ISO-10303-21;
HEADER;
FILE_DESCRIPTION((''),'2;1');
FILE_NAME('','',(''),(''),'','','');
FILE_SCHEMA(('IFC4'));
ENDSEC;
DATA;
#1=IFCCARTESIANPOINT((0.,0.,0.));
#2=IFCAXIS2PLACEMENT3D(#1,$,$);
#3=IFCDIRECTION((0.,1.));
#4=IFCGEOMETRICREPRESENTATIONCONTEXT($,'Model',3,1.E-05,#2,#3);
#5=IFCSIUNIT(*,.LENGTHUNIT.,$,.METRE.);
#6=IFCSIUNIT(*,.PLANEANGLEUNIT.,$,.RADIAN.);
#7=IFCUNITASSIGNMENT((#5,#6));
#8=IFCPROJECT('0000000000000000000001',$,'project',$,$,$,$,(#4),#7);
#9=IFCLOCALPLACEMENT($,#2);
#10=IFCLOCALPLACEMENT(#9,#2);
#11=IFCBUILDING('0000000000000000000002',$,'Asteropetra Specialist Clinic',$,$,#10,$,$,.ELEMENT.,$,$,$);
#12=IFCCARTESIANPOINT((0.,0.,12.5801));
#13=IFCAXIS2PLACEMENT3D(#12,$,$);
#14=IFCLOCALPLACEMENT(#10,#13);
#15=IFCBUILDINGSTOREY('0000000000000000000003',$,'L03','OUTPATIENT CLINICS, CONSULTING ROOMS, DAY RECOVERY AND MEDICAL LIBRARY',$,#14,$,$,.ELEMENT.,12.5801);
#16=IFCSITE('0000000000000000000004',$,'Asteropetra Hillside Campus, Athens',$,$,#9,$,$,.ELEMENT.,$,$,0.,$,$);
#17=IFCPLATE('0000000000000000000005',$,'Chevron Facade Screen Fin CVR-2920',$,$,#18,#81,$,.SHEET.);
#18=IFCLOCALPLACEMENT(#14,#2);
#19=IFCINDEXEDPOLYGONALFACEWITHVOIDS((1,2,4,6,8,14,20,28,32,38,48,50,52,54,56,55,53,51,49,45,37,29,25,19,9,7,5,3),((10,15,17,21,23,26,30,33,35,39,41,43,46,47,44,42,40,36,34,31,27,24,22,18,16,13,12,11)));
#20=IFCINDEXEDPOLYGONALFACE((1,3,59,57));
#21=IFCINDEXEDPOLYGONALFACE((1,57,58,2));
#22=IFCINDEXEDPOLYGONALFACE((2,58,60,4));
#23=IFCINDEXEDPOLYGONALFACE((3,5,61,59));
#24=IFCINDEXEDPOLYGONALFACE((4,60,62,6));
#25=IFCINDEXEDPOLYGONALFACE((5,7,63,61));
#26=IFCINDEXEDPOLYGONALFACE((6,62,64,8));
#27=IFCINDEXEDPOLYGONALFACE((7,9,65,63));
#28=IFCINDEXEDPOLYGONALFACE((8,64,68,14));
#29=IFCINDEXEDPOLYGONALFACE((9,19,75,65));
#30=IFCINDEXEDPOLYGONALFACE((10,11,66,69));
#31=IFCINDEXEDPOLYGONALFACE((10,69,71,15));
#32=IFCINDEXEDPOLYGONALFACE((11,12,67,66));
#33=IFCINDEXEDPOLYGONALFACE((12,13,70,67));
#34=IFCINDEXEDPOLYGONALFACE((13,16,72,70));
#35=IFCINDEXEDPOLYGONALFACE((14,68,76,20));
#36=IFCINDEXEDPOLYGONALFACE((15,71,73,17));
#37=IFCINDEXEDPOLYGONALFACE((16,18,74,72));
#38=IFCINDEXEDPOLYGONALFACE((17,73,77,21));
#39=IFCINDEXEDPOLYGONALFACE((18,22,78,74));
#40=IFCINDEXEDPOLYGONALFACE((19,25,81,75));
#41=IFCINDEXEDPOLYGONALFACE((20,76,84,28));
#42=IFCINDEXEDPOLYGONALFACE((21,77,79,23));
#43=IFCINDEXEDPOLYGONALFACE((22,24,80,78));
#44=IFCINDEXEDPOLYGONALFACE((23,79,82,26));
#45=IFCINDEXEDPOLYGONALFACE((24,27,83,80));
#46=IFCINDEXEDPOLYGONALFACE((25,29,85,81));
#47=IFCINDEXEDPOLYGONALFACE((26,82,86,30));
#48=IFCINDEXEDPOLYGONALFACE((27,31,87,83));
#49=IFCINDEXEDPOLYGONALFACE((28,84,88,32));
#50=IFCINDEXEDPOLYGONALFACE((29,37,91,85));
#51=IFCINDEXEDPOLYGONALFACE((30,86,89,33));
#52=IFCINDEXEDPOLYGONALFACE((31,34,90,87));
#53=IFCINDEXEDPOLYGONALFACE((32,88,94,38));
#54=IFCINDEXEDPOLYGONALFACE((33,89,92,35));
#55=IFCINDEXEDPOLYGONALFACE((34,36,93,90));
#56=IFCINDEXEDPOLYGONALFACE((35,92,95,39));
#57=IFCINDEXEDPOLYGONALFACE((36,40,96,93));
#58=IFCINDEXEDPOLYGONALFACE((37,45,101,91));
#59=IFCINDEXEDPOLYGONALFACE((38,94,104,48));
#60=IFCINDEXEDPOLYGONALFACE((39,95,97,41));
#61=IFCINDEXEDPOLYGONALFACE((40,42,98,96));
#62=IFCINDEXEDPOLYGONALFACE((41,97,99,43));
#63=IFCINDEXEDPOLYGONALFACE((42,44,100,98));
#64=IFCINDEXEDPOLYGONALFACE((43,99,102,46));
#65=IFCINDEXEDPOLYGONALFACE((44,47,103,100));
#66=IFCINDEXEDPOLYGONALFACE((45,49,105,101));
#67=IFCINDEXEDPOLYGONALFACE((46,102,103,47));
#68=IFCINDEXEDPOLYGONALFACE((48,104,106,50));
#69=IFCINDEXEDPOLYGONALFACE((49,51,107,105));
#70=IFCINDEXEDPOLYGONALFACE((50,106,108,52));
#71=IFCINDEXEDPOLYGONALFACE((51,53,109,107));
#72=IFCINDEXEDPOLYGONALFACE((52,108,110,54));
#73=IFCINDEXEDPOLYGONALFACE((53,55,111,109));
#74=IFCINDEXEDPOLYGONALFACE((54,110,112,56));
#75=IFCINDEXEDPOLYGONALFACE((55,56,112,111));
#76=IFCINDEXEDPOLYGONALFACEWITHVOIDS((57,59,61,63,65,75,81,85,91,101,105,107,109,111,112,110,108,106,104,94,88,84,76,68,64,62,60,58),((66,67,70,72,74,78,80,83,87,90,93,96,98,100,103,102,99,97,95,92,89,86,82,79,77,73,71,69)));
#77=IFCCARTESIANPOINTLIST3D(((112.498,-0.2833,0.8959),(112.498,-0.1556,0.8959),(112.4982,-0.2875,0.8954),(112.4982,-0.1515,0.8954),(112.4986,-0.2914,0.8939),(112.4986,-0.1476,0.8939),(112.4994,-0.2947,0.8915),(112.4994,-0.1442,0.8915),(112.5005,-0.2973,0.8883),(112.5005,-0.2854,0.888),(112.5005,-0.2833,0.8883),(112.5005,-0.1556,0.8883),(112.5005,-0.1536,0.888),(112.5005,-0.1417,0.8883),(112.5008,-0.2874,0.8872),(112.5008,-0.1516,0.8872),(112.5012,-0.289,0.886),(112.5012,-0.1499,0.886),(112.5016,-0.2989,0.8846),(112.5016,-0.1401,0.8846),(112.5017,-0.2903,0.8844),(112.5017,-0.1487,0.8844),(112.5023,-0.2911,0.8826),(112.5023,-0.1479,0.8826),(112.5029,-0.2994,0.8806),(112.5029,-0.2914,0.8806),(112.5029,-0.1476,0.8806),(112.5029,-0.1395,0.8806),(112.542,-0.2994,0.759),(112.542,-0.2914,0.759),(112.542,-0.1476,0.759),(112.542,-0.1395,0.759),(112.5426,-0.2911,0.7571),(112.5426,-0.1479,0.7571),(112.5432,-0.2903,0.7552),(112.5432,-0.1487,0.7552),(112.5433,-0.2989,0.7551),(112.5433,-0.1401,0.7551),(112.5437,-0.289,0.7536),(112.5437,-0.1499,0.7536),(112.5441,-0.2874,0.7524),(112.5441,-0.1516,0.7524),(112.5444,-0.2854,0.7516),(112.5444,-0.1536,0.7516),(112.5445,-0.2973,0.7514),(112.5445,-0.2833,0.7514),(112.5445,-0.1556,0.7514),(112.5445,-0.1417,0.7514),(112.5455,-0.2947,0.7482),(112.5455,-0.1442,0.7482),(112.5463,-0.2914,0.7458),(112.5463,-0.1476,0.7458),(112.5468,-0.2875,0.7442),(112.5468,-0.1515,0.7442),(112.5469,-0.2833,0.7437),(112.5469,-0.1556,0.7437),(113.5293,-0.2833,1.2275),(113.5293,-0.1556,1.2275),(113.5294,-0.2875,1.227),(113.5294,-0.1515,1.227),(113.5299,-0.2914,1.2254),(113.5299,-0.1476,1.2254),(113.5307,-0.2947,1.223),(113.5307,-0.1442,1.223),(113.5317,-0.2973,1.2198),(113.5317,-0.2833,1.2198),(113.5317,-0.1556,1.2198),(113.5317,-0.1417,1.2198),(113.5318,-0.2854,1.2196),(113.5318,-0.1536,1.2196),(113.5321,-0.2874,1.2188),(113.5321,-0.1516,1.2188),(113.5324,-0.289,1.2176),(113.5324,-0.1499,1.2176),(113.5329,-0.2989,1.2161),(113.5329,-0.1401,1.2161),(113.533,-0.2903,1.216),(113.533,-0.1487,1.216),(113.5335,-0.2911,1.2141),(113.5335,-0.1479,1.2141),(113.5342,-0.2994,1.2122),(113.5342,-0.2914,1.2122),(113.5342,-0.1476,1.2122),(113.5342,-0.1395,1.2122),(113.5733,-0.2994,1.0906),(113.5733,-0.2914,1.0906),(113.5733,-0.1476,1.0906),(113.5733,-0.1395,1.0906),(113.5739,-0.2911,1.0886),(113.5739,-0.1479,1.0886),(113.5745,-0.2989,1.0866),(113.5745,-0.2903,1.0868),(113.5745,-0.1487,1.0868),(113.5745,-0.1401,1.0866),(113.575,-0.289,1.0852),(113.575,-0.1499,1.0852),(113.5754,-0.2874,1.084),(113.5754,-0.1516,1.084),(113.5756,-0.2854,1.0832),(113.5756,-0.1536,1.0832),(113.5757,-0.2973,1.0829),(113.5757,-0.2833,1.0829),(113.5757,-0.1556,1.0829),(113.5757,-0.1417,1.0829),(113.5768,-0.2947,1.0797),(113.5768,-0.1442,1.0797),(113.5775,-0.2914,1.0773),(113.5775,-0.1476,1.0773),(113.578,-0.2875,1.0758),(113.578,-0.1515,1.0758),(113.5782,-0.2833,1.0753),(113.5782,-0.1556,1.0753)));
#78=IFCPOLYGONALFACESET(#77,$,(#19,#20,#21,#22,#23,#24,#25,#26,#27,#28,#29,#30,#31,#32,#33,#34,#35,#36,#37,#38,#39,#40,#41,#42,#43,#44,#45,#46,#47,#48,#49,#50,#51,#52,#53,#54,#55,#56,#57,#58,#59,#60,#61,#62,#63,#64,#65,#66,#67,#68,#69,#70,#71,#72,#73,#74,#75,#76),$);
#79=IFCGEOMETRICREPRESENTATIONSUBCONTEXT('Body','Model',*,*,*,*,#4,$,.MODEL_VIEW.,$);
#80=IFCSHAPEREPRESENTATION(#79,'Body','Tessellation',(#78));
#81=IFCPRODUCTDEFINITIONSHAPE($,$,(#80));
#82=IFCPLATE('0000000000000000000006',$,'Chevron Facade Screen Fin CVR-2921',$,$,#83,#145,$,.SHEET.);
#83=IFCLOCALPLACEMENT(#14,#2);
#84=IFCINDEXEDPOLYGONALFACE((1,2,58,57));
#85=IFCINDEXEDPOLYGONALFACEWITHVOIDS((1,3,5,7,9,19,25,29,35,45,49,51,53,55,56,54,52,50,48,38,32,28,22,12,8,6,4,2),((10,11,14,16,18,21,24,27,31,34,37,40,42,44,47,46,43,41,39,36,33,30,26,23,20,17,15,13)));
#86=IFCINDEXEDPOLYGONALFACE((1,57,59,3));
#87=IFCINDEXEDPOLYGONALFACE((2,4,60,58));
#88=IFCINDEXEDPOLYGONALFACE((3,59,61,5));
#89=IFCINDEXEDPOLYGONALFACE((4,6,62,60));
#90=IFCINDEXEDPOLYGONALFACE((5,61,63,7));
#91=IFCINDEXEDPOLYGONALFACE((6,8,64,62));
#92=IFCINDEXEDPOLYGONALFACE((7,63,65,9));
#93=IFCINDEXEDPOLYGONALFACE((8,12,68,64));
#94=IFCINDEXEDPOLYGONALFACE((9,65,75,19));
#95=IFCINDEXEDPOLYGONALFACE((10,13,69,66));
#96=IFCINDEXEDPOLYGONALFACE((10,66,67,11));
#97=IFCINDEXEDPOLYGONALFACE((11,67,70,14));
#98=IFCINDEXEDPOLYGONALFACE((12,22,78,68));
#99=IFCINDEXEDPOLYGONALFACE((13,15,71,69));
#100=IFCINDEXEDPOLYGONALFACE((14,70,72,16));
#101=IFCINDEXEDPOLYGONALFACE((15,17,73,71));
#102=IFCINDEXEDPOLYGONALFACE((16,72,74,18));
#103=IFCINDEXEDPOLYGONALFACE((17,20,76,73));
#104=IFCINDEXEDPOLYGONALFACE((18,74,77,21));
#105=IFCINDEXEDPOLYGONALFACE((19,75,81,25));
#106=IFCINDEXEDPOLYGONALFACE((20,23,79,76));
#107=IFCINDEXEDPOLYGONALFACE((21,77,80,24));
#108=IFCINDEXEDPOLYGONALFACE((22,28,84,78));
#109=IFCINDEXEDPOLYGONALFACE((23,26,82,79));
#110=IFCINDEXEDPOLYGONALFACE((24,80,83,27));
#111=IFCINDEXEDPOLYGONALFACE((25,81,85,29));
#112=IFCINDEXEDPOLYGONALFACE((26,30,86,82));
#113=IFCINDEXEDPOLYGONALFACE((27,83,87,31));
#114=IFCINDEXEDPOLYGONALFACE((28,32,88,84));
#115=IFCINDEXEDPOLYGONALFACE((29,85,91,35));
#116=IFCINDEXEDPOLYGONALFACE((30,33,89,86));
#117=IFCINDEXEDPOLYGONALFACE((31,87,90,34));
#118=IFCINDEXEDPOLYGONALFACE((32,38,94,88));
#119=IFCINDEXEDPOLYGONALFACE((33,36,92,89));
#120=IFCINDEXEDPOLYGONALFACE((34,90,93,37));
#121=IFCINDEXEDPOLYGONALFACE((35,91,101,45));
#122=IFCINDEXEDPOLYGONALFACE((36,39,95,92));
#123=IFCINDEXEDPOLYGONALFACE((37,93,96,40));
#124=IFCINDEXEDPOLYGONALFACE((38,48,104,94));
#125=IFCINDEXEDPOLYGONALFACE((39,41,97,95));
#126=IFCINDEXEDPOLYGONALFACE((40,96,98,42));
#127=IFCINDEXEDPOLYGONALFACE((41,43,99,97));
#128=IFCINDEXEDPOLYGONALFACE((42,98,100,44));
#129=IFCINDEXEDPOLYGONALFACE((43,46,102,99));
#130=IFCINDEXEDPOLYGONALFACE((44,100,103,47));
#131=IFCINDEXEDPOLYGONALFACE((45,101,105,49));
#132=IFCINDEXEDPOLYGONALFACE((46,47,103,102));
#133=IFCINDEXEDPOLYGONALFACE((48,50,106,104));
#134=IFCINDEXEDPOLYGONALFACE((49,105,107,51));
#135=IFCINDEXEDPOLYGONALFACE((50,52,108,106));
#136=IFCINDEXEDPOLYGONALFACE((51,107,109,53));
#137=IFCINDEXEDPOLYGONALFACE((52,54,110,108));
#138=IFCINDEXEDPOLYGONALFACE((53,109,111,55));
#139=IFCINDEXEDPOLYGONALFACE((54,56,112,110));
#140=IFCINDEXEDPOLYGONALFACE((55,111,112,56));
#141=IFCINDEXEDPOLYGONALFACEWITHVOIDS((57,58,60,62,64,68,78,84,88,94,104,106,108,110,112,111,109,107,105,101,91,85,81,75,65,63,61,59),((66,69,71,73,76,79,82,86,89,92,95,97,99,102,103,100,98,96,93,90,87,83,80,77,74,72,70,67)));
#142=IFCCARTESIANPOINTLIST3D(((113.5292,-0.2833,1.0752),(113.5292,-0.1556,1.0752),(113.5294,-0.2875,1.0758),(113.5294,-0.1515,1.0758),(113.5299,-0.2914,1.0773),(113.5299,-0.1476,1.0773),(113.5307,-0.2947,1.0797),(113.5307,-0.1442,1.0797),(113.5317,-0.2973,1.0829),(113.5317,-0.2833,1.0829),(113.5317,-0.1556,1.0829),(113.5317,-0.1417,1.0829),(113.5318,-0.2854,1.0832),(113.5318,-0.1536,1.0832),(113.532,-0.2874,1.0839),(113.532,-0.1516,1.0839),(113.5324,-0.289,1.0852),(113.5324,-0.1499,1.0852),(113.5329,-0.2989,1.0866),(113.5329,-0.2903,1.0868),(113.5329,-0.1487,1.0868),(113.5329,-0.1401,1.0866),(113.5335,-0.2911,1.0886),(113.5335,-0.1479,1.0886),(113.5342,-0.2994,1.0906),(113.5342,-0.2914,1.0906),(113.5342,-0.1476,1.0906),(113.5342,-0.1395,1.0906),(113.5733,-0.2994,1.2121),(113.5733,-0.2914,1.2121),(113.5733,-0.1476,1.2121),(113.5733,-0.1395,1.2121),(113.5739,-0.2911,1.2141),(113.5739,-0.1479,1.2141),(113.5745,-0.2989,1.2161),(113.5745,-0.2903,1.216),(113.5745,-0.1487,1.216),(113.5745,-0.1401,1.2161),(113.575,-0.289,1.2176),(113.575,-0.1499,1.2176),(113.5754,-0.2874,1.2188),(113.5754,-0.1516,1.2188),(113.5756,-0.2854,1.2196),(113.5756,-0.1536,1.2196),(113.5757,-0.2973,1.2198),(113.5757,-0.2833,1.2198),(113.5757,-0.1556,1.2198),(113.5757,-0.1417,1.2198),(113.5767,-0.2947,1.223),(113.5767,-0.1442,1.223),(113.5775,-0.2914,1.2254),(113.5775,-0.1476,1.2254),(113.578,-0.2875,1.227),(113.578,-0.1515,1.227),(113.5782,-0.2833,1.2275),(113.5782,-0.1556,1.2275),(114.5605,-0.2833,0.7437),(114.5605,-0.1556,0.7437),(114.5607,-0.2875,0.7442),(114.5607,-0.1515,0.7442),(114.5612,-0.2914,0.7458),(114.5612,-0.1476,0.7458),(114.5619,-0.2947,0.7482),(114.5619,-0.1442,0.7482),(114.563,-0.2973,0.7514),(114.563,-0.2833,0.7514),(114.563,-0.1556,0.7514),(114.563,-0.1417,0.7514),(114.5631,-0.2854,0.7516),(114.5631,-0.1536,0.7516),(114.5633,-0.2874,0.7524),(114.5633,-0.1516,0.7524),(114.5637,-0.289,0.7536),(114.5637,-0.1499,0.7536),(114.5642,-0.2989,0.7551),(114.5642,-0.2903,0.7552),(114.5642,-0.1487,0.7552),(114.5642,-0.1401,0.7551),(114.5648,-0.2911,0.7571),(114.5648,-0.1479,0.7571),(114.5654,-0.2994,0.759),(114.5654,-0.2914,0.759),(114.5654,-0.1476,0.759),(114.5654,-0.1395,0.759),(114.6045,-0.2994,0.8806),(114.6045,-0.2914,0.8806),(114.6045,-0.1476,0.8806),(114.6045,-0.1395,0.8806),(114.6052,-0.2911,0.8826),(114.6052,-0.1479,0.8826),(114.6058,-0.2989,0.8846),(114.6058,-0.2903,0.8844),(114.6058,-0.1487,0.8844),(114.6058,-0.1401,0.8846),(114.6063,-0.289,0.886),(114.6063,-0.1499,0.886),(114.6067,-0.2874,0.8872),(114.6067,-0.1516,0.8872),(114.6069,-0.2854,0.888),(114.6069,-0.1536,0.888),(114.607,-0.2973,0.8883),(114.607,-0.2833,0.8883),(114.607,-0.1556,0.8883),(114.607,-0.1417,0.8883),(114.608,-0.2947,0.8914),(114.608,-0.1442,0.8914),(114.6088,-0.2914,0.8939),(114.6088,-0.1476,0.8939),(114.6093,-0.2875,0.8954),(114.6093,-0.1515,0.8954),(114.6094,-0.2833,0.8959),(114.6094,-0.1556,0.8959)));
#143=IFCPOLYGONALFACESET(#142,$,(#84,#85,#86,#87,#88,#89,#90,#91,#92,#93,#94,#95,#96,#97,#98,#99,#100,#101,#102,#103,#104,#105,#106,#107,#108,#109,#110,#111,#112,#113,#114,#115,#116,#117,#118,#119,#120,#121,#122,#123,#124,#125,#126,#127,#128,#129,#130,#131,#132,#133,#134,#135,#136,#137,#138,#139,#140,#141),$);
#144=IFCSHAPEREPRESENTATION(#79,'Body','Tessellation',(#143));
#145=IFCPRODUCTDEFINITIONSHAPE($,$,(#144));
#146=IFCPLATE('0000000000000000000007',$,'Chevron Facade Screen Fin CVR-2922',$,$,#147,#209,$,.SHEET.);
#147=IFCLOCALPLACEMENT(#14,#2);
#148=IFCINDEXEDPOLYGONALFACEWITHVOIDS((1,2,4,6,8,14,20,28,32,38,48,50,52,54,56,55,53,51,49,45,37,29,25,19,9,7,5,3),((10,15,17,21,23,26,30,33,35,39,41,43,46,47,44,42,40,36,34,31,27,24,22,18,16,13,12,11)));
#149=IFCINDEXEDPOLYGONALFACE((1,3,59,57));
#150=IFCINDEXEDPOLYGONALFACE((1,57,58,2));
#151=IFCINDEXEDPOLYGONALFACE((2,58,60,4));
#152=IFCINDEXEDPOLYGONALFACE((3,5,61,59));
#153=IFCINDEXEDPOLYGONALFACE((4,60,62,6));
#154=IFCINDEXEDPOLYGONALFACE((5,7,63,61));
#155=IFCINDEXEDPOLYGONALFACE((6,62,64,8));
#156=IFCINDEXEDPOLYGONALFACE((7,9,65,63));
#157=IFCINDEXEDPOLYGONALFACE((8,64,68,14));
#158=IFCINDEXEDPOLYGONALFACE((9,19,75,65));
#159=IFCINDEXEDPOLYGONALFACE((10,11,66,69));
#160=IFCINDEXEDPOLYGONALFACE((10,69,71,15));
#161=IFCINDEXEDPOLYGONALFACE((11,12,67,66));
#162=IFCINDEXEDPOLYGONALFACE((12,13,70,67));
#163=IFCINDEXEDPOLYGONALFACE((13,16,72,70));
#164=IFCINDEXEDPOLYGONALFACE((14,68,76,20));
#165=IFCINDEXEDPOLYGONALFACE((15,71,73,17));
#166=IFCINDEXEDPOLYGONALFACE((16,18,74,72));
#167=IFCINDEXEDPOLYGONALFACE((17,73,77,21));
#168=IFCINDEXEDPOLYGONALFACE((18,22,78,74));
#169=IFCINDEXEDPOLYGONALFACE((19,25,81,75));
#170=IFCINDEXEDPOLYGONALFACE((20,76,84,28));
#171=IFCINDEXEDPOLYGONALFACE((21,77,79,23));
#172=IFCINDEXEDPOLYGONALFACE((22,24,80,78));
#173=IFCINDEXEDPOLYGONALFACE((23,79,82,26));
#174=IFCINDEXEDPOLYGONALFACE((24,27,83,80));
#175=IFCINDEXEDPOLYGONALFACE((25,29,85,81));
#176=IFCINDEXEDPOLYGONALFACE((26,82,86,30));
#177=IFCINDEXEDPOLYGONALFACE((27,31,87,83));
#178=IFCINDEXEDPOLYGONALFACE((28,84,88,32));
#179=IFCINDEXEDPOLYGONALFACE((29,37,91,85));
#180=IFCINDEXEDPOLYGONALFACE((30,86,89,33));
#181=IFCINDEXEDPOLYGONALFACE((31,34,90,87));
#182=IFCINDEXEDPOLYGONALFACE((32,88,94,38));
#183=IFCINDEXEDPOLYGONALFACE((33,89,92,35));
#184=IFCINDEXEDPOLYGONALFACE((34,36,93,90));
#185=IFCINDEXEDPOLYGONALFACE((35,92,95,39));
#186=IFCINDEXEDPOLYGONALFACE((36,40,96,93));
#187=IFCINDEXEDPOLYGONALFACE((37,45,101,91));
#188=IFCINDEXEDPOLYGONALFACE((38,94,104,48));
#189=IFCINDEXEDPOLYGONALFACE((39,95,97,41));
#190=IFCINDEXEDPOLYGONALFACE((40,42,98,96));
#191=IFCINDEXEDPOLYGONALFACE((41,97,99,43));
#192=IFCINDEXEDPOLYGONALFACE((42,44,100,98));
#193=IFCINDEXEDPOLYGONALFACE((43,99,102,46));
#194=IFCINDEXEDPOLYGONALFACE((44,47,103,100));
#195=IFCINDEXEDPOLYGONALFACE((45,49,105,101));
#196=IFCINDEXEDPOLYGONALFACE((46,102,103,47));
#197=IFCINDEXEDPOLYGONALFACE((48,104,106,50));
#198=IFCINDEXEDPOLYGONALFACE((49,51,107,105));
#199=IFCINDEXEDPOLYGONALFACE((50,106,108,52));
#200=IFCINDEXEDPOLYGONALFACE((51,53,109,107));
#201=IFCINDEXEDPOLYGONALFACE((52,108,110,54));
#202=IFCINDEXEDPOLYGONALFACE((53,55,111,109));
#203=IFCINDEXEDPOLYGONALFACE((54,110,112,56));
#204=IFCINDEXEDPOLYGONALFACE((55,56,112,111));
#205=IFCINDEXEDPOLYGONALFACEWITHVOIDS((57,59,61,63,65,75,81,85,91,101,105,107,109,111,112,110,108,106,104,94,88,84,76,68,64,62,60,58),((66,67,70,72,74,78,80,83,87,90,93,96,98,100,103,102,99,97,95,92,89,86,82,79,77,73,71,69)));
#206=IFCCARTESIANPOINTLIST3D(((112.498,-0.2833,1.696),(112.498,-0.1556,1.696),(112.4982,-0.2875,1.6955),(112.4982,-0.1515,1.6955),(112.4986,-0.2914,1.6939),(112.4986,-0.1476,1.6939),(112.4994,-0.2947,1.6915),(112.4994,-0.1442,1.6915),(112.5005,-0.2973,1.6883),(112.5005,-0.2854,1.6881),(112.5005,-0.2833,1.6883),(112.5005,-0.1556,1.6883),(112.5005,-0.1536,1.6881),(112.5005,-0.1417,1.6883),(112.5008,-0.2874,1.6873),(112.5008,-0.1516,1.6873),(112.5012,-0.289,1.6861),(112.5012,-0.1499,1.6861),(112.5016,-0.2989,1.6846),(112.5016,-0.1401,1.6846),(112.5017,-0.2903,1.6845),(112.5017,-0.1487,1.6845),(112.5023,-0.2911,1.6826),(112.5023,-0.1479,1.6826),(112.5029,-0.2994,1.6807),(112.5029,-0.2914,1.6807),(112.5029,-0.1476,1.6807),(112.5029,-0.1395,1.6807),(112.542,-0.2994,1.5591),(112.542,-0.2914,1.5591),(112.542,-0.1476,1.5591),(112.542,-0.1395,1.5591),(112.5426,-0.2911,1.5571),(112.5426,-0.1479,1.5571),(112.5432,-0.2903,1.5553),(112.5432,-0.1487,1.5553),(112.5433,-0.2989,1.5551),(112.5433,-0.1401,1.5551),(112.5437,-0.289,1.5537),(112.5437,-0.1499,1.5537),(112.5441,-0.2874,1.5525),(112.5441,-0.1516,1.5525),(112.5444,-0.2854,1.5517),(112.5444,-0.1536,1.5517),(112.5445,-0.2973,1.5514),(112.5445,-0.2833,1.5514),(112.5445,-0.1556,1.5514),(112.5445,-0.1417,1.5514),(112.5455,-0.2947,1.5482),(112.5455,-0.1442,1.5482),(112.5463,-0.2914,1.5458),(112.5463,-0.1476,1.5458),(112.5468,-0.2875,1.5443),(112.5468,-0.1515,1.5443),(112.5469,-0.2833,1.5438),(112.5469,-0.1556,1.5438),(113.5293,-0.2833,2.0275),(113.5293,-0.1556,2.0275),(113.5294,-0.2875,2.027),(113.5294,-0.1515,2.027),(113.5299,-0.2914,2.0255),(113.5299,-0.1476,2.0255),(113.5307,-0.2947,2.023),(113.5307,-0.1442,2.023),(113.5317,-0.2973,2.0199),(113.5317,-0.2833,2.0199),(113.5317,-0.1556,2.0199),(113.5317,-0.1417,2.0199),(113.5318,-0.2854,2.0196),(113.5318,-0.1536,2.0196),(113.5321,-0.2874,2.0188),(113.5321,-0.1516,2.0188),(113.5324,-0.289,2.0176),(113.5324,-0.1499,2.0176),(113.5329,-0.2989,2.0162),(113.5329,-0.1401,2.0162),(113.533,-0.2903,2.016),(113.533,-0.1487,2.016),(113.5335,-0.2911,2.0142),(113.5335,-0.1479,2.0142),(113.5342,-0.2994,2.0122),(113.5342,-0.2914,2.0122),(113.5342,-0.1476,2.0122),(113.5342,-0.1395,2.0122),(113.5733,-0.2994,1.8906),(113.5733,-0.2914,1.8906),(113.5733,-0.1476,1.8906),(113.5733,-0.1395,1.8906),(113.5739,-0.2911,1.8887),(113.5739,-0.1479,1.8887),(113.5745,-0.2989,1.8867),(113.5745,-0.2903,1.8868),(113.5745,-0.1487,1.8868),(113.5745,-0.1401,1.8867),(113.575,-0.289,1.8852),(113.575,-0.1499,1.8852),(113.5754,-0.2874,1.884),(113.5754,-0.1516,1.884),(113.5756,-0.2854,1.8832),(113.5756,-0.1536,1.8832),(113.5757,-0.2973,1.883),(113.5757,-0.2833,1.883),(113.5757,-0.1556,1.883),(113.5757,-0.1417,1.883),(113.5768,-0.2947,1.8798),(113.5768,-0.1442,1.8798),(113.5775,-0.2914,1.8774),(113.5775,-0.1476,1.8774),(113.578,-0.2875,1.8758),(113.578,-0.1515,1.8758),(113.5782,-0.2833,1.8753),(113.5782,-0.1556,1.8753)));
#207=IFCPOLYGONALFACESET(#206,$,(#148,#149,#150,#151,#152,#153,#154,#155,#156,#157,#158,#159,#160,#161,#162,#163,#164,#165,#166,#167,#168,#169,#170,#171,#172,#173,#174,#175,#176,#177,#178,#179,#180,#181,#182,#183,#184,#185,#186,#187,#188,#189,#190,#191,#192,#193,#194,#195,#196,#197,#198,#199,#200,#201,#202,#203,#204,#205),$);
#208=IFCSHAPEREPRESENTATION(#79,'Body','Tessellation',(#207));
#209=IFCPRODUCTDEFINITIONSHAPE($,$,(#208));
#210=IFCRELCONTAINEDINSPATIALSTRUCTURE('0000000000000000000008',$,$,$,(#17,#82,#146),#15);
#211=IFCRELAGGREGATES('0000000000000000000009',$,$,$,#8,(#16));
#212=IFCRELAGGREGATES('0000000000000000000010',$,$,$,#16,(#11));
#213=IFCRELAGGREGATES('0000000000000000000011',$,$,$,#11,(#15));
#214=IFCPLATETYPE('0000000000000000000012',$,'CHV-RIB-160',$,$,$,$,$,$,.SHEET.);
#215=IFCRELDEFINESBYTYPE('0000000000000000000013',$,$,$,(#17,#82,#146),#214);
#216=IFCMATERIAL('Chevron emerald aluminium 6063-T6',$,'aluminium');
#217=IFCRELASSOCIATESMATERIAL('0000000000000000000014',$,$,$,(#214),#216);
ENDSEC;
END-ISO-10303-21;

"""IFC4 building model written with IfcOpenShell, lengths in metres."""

from ifc_helpers import new_model, si_unit, direction, frame, origin, origin_2d, place, context, subcontext, project, spatial, hollow_rectangle, extrude, material, material_profile, profile_set, type_object, element, save


model = new_model("IFC4")

# Units and contexts
model_context = context("Model", 3, precision=1e-05, world=origin(), true_north=direction((0.0, 1.0)))
body_context = subcontext(model_context, "Body", "Model", "MODEL_VIEW")
ifc_project = project(units=[si_unit("LENGTHUNIT", "METRE"), si_unit("PLANEANGLEUNIT", "RADIAN")], contexts=[model_context])

# Site, building, storey
site_placement = place(None, origin())
site = spatial("IfcSite", under=ifc_project, at=site_placement, Name="Asteropetra Hillside Campus, Athens", CompositionType="ELEMENT", RefElevation=0.0)
building_placement = place(site_placement, origin())
building = spatial("IfcBuilding", under=site, at=building_placement, Name="Asteropetra Specialist Clinic", CompositionType="ELEMENT")
storey_placement = place(building_placement, frame((0.0, 0.0, 12.5801)))
storey = spatial("IfcBuildingStorey", under=building, at=storey_placement, Name="L03", Description="OUTPATIENT CLINICS, CONSULTING ROOMS, DAY RECOVERY AND MEDICAL LIBRARY", CompositionType="ELEMENT", Elevation=12.5801)

# Plates
ifc_material_1 = material(Name="Chevron emerald aluminium 6063-T6", Category="aluminium")
ifc_material_profile_1 = material_profile(ifc_material_1, hollow_rectangle(XDim=0.1599, YDim=0.1599, WallThickness=0.0081, InnerFilletRadius=0.0081, OuterFilletRadius=0.0161, at=origin_2d()), Name="SHS 160x160x8.0")
ifc_profile_set_1 = profile_set([ifc_material_profile_1], Name="Chevron emerald aluminium 6063-T6")
plate_type_1 = type_object("IfcPlateType", Name="CHV-RIB-160", PredefinedType="SHEET", material=ifc_profile_set_1)
for number, where, z_axis, x_axis, name in (
    (1, (112.5225, -0.2195, 0.8198), (0.95201, 0.0, 0.306068), (0.0, 1.0, 0.0), "Chevron Facade Screen Fin CVR-2920"),
    (2, (113.5537, -0.2195, 1.1514), (0.95201, 0.0, -0.306068), (0.0, 1.0, 0.0), "Chevron Facade Screen Fin CVR-2921"),
    (3, (112.5225, -0.2195, 1.6199), (0.95201, 0.0, 0.306068), (0.0, 1.0, 0.0), "Chevron Facade Screen Fin CVR-2922"),
):
    element("IfcPlate", number, at=place(storey_placement, frame(where, z_axis=z_axis, x_axis=x_axis)), inside=storey, type_object=plate_type_1, Name=name, PredefinedType="SHEET", context=body_context, shape_type="SweptSolid", body=[
        extrude(hollow_rectangle(XDim=0.1599, YDim=0.1599, WallThickness=0.0081, InnerFilletRadius=0.0081, OuterFilletRadius=0.0161, at=origin_2d()), origin(), (0.0, 0.0, 1.0), 1.0833),
    ])

save(model, "model.ifc")
